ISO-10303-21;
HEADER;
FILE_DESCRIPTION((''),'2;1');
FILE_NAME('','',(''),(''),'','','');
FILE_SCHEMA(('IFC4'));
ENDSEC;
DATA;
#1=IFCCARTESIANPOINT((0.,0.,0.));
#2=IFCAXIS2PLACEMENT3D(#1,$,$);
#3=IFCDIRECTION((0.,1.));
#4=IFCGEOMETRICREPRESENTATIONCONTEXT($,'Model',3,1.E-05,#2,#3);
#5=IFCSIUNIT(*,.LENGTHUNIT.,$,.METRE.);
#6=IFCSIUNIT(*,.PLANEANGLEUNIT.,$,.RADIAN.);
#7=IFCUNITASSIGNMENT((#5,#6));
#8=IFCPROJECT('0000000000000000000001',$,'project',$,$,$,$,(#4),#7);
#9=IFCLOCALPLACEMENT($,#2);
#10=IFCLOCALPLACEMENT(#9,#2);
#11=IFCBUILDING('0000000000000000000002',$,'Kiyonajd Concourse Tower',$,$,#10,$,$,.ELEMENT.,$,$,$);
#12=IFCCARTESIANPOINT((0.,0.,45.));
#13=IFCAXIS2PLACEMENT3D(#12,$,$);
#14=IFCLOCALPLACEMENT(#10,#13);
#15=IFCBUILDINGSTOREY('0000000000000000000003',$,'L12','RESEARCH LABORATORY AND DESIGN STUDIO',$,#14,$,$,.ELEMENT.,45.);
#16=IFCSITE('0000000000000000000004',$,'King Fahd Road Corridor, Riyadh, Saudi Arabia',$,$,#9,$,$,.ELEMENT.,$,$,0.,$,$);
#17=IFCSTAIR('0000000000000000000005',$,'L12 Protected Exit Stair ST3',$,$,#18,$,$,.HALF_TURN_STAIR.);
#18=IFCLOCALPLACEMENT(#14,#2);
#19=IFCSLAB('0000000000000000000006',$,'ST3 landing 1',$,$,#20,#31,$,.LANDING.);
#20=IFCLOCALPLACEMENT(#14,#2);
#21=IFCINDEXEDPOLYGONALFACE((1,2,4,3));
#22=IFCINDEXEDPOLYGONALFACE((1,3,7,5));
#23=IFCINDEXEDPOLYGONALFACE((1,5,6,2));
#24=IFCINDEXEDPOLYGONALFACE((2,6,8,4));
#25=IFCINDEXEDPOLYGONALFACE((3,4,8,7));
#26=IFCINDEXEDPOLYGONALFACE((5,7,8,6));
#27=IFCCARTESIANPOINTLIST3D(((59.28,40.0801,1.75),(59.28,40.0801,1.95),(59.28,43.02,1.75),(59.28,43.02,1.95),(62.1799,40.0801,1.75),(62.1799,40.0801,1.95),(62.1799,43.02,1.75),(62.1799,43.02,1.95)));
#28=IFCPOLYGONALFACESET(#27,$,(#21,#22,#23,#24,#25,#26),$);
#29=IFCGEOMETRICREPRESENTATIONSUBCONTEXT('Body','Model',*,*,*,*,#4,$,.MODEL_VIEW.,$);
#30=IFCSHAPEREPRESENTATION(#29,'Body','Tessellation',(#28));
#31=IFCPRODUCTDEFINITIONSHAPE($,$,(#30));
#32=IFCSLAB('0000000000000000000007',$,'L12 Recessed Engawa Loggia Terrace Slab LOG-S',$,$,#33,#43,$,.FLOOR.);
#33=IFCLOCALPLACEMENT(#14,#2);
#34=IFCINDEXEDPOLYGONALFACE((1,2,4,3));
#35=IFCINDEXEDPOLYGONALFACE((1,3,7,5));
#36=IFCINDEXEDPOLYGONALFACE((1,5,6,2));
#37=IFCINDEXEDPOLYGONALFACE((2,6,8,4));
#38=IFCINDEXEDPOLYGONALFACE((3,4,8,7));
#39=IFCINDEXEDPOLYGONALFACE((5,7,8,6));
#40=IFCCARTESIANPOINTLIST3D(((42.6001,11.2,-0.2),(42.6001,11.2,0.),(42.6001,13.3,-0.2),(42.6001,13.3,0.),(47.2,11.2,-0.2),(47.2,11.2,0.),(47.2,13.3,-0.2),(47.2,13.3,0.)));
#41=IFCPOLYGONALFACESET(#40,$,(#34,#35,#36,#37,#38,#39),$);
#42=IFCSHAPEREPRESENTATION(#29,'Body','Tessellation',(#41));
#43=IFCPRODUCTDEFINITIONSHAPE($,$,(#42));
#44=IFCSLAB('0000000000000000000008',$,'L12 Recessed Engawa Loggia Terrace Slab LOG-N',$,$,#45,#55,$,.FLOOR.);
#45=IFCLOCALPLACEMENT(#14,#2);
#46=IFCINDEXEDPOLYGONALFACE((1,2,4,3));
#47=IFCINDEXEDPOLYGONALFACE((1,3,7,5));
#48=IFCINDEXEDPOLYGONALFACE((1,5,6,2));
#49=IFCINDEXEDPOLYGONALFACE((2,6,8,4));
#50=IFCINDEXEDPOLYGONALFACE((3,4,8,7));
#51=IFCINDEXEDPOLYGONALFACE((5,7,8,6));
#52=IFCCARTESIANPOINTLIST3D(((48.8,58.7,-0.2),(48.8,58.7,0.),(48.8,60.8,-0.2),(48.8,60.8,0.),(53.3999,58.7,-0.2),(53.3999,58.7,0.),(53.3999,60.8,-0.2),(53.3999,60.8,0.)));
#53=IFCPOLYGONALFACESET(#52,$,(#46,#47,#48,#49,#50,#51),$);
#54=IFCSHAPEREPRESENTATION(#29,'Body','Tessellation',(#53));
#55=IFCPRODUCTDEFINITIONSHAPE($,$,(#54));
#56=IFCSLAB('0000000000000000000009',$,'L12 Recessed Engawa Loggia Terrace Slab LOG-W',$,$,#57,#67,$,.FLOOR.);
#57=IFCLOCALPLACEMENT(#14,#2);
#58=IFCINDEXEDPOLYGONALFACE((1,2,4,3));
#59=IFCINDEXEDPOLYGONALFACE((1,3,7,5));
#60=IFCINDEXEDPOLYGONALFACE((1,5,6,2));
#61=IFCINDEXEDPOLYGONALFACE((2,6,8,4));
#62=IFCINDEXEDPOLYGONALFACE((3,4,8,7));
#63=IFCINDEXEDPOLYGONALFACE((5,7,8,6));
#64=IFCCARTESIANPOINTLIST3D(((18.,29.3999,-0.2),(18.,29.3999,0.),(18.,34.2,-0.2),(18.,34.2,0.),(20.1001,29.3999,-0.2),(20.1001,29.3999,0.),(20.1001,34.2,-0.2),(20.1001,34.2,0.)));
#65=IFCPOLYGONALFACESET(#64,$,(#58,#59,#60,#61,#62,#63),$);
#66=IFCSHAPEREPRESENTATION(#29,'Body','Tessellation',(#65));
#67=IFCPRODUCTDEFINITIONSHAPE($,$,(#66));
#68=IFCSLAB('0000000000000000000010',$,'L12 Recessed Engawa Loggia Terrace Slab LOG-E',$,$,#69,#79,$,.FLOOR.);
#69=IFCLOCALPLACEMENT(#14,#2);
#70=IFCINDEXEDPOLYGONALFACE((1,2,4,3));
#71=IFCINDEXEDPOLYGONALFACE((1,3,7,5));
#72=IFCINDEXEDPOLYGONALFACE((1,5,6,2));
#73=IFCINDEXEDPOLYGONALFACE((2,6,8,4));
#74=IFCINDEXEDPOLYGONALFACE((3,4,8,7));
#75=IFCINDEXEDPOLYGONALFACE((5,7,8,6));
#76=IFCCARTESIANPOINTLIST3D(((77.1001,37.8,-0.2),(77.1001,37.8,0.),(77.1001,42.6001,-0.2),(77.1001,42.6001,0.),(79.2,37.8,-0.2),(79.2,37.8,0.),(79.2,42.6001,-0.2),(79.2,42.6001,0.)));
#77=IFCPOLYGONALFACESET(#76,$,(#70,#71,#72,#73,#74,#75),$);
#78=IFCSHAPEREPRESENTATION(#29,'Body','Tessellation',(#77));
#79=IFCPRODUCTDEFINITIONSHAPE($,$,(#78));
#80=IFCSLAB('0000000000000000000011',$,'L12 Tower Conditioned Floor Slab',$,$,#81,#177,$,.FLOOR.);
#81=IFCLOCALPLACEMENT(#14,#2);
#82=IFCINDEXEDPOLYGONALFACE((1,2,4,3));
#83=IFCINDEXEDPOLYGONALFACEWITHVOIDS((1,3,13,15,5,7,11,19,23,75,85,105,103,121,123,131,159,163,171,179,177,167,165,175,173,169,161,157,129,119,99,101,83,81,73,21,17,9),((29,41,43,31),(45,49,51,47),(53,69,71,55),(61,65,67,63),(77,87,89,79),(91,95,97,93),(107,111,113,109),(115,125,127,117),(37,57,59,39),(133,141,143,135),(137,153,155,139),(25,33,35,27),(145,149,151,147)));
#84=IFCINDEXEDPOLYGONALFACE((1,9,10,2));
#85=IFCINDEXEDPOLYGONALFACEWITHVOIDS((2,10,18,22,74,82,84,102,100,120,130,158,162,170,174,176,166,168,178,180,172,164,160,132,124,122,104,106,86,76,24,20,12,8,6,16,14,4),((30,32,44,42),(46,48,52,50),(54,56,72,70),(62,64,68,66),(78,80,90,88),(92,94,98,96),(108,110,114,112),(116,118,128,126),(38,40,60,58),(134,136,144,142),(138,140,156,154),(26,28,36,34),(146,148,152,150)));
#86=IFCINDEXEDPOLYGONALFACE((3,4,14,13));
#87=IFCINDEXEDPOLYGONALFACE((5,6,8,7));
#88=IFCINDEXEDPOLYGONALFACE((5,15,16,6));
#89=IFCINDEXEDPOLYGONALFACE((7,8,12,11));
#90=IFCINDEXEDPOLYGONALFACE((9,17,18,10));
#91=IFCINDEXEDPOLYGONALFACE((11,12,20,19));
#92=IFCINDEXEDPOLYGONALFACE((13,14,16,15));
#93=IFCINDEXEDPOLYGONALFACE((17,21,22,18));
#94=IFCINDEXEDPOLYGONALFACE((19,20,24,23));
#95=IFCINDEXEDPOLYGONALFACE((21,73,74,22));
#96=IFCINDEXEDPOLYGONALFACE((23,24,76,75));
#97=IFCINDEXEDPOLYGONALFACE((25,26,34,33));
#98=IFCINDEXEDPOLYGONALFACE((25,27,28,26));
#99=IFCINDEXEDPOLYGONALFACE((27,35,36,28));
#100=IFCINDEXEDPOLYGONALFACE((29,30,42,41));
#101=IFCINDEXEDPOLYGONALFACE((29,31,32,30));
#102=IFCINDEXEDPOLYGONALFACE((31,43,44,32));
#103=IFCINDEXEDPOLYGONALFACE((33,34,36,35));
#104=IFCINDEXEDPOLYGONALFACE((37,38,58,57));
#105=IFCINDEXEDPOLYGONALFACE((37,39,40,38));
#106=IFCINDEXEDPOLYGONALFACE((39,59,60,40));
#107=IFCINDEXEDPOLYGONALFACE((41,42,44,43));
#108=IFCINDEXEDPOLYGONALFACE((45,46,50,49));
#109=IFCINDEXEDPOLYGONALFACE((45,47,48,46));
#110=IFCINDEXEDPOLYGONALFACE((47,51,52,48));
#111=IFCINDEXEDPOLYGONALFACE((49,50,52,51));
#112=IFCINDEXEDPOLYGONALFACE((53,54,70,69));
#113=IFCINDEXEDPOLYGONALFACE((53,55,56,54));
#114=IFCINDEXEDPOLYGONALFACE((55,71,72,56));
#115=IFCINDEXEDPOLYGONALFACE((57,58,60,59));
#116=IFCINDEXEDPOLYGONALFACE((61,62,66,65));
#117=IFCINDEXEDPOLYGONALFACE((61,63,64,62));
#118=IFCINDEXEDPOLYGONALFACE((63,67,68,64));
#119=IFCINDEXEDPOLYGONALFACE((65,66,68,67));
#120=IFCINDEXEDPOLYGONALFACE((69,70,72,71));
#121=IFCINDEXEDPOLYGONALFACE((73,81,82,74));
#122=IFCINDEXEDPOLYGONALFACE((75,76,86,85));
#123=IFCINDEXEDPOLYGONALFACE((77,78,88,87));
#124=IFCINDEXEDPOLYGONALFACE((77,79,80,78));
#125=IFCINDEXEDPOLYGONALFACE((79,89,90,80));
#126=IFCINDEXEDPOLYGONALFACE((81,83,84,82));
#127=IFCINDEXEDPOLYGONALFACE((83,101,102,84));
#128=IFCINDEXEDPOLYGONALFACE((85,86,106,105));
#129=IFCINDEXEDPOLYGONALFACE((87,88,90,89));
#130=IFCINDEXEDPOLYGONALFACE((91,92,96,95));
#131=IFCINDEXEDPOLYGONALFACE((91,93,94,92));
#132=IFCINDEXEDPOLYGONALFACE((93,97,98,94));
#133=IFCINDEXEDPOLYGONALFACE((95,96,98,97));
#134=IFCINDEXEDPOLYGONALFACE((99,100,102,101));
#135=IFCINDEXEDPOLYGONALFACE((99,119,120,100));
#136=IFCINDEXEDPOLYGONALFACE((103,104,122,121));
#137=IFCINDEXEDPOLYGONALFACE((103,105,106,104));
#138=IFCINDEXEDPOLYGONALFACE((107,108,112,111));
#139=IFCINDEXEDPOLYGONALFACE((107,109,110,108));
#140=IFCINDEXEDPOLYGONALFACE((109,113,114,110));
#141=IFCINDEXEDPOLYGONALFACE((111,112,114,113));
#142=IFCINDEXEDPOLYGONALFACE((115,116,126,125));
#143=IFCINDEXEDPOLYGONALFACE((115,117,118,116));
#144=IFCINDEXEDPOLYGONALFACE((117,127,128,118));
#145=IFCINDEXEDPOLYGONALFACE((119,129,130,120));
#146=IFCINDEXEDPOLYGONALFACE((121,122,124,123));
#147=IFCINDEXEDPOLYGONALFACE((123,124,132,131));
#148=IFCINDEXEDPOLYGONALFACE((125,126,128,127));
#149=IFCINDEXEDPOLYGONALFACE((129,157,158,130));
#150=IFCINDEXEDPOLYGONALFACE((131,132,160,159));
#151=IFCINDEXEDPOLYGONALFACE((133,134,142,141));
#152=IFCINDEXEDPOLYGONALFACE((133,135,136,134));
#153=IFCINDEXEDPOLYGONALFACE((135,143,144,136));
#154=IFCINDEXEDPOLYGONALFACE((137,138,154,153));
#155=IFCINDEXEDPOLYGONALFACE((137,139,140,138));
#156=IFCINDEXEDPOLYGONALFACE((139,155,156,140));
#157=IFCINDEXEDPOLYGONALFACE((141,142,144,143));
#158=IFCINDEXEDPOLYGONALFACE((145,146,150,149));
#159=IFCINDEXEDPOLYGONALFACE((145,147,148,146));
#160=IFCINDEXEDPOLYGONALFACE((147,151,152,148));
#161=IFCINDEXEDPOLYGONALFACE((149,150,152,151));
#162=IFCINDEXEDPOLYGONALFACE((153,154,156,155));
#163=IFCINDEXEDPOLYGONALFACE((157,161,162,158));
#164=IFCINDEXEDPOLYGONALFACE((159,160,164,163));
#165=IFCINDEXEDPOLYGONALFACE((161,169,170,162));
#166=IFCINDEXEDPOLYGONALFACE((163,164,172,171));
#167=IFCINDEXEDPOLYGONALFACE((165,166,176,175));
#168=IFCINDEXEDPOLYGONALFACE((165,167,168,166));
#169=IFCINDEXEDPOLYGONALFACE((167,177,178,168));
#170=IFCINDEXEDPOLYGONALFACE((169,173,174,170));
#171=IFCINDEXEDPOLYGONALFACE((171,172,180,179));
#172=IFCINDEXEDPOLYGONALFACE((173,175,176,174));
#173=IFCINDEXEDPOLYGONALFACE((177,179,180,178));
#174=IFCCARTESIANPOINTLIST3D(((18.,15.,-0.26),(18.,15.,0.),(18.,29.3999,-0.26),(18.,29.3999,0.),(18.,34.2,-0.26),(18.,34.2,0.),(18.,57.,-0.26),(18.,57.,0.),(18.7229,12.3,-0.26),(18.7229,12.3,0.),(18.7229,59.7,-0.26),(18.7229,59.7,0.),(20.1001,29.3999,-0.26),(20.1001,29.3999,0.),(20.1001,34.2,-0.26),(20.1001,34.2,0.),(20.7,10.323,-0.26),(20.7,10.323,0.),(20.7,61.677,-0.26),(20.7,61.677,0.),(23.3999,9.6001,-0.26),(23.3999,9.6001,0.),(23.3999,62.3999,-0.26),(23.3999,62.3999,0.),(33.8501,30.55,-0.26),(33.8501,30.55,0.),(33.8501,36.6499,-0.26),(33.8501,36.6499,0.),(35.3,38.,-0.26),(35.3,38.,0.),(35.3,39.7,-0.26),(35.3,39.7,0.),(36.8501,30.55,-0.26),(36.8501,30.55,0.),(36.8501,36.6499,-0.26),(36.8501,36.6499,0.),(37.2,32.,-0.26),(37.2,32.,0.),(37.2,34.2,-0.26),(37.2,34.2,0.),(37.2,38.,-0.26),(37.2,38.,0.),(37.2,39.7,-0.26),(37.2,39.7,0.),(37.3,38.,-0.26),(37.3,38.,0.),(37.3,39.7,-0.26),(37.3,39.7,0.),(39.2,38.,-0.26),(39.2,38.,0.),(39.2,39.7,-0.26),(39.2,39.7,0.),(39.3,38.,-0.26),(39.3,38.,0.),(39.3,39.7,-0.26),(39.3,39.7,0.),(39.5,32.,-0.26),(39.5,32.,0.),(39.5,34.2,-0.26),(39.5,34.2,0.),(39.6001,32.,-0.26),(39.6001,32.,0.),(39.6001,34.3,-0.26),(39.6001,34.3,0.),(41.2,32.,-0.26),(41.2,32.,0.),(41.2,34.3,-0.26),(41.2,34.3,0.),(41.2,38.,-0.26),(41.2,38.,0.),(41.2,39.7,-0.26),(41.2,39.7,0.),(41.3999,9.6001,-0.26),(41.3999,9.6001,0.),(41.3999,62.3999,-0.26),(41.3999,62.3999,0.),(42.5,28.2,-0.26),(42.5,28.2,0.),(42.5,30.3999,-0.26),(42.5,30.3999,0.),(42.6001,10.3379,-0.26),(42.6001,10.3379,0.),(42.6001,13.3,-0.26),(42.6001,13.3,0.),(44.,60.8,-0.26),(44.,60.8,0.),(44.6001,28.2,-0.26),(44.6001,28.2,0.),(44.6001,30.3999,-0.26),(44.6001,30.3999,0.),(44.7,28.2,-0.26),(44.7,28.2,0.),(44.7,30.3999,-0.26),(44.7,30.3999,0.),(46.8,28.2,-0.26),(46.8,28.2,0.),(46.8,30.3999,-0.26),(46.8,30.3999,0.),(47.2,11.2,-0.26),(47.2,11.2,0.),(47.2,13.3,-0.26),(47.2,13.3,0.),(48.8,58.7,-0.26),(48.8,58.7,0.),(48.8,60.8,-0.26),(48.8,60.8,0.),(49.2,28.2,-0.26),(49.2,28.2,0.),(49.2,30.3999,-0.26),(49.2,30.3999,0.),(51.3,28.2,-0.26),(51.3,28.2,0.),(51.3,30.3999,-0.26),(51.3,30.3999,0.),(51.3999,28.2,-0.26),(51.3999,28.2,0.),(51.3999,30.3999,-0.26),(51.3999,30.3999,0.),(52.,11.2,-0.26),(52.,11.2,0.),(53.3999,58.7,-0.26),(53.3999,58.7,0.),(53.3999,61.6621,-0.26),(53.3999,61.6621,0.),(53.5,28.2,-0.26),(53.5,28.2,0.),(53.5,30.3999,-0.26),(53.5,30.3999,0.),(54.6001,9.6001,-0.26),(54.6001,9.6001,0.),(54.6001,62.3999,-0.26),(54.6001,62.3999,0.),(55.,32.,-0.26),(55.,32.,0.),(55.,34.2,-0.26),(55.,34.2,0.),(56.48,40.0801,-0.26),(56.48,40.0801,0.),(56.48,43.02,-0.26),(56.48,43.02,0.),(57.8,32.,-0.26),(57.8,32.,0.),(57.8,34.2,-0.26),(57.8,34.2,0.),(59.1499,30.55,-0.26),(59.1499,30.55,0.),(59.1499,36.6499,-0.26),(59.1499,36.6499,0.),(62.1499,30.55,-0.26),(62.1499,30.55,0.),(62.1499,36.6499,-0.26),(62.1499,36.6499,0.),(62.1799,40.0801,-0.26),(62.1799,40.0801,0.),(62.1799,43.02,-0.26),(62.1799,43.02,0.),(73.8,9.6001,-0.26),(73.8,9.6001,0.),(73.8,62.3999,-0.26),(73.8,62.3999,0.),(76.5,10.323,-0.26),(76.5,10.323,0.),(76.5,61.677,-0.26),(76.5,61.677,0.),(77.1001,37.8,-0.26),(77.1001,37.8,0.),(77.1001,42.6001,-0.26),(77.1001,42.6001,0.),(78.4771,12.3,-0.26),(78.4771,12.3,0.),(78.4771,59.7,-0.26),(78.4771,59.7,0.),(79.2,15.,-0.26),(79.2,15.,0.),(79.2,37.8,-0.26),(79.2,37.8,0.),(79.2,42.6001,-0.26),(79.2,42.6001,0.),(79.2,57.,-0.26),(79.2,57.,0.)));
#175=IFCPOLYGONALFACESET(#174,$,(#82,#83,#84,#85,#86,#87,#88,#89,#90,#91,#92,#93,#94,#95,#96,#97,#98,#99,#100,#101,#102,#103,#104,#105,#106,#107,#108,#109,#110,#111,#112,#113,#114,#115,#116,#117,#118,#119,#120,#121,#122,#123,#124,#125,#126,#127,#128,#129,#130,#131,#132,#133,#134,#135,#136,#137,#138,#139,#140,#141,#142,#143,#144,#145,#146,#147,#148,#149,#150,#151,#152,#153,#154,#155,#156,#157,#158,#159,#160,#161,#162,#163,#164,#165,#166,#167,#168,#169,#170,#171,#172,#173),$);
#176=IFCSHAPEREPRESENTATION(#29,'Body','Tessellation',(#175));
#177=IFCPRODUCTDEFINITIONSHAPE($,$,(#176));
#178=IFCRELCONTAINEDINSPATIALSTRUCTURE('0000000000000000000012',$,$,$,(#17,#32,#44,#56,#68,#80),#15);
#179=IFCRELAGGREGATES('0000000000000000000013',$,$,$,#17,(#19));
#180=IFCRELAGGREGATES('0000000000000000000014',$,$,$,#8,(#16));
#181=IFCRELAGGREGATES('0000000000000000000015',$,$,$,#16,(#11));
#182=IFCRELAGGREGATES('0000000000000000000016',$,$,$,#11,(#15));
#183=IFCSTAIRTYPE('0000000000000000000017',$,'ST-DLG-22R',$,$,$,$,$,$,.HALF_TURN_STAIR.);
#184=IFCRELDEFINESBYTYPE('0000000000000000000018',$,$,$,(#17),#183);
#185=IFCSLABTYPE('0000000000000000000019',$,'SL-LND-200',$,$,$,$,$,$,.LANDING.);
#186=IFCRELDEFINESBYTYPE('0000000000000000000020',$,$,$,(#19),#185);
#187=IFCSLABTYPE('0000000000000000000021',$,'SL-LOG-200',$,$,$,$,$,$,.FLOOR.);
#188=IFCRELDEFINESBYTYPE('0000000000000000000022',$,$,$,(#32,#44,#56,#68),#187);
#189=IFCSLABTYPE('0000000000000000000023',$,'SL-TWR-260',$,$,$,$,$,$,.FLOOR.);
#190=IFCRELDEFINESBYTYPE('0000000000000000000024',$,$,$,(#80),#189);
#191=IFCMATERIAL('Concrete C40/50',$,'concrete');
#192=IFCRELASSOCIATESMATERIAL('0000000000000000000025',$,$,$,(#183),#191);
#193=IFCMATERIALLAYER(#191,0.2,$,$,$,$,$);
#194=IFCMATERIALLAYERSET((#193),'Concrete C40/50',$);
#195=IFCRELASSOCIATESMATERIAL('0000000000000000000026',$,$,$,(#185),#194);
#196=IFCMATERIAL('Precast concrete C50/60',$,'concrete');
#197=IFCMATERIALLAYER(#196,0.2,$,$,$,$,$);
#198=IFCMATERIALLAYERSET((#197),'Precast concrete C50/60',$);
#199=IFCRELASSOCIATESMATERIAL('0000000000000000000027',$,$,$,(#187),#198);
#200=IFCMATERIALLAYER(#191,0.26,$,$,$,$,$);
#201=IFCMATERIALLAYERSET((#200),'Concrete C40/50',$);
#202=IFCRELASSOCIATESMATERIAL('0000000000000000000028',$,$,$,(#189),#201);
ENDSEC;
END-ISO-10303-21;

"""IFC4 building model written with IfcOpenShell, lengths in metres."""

from ifc_helpers import new_model, si_unit, direction, frame, origin, place, context, subcontext, project, spatial, polyline, outline, extrude, material, layer, layer_set, type_object, element, aggregate, save


model = new_model("IFC4")

# Units and contexts
model_context = context("Model", 3, precision=1e-05, world=origin(), true_north=direction((0.0, 1.0)))
body_context = subcontext(model_context, "Body", "Model", "MODEL_VIEW")
ifc_project = project(units=[si_unit("LENGTHUNIT", "METRE"), si_unit("PLANEANGLEUNIT", "RADIAN")], contexts=[model_context])

# Site, building, storey
site_placement = place(None, origin())
site = spatial("IfcSite", under=ifc_project, at=site_placement, Name="King Fahd Road Corridor, Riyadh, Saudi Arabia", CompositionType="ELEMENT", RefElevation=0.0)
building_placement = place(site_placement, origin())
building = spatial("IfcBuilding", under=site, at=building_placement, Name="Kiyonajd Concourse Tower", CompositionType="ELEMENT")
storey_placement = place(building_placement, frame((0.0, 0.0, 45.0)))
storey = spatial("IfcBuildingStorey", under=building, at=storey_placement, Name="L12", Description="RESEARCH LABORATORY AND DESIGN STUDIO", CompositionType="ELEMENT", Elevation=45.0)

# Shared definitions
ifc_material_1 = material(Name="Precast concrete C50/60", Category="concrete")

# Stair, slab
ifc_material_2 = material(Name="Concrete C40/50", Category="concrete")
stair_type = type_object("IfcStairType", Name="ST-DLG-22R", PredefinedType="HALF_TURN_STAIR", material=ifc_material_2)
ifc_layer_1 = layer(ifc_material_2, 0.2)
ifc_layer_set_1 = layer_set([ifc_layer_1], Name="Concrete C40/50")
slab_type_1 = type_object("IfcSlabType", Name="SL-LND-200", PredefinedType="LANDING", material=ifc_layer_set_1)
stair_1_placement = place(storey_placement, origin())
stair_1 = element("IfcStair", 1, at=stair_1_placement, inside=storey, type_object=stair_type, Name="L12 Protected Exit Stair ST3", PredefinedType="HALF_TURN_STAIR")
slab_1_placement = place(storey_placement, frame((0.0, 0.0, 1.75)))
slab_1 = element("IfcSlab", 2, at=slab_1_placement, type_object=slab_type_1, Name="ST3 landing 1", PredefinedType="LANDING", context=body_context, shape_type="SweptSolid", body=[
    extrude(outline(polyline([(59.28, 40.0801), (62.1799, 40.0801), (62.1799, 43.02), (59.28, 43.02), (59.28, 40.0801)])), origin(), (0.0, 0.0, 1.0), 0.2),
])
aggregate(stair_1, [slab_1])

# Slabs
ifc_layer_2 = layer(ifc_material_1, 0.2)
ifc_layer_set_2 = layer_set([ifc_layer_2], Name="Precast concrete C50/60")
slab_type_2 = type_object("IfcSlabType", Name="SL-LOG-200", PredefinedType="FLOOR", material=ifc_layer_set_2)
slab_2_placement = place(storey_placement, frame((0.0, 0.0, -0.2)))
element("IfcSlab", 3, at=slab_2_placement, inside=storey, type_object=slab_type_2, Name="L12 Recessed Engawa Loggia Terrace Slab LOG-S", PredefinedType="FLOOR", context=body_context, shape_type="SweptSolid", body=[
    extrude(outline(polyline([(42.6001, 11.2), (47.2, 11.2), (47.2, 13.3), (42.6001, 13.3), (42.6001, 11.2)])), origin(), (0.0, 0.0, 1.0), 0.2),
])
slab_3_placement = place(storey_placement, frame((0.0, 0.0, -0.2)))
element("IfcSlab", 4, at=slab_3_placement, inside=storey, type_object=slab_type_2, Name="L12 Recessed Engawa Loggia Terrace Slab LOG-N", PredefinedType="FLOOR", context=body_context, shape_type="SweptSolid", body=[
    extrude(outline(polyline([(48.8, 58.7), (53.3999, 58.7), (53.3999, 60.8), (48.8, 60.8), (48.8, 58.7)])), origin(), (0.0, 0.0, 1.0), 0.2),
])
slab_4_placement = place(storey_placement, frame((0.0, 0.0, -0.2)))
element("IfcSlab", 5, at=slab_4_placement, inside=storey, type_object=slab_type_2, Name="L12 Recessed Engawa Loggia Terrace Slab LOG-W", PredefinedType="FLOOR", context=body_context, shape_type="SweptSolid", body=[
    extrude(outline(polyline([(18.0, 29.3999), (20.1001, 29.3999), (20.1001, 34.2), (18.0, 34.2), (18.0, 29.3999)])), origin(), (0.0, 0.0, 1.0), 0.2),
])
slab_5_placement = place(storey_placement, frame((0.0, 0.0, -0.2)))
element("IfcSlab", 6, at=slab_5_placement, inside=storey, type_object=slab_type_2, Name="L12 Recessed Engawa Loggia Terrace Slab LOG-E", PredefinedType="FLOOR", context=body_context, shape_type="SweptSolid", body=[
    extrude(outline(polyline([(77.1001, 37.8), (79.2, 37.8), (79.2, 42.6001), (77.1001, 42.6001), (77.1001, 37.8)])), origin(), (0.0, 0.0, 1.0), 0.2),
])
ifc_layer_3 = layer(ifc_material_2, 0.26)
ifc_layer_set_3 = layer_set([ifc_layer_3], Name="Concrete C40/50")
slab_type_3 = type_object("IfcSlabType", Name="SL-TWR-260", PredefinedType="FLOOR", material=ifc_layer_set_3)
slab_6_placement = place(storey_placement, frame((0.0, 0.0, -0.26)))
element("IfcSlab", 7, at=slab_6_placement, inside=storey, type_object=slab_type_3, Name="L12 Tower Conditioned Floor Slab", PredefinedType="FLOOR", context=body_context, shape_type="SweptSolid", body=[
    extrude(outline(polyline([(18.7229, 12.3), (18.0, 15.0), (18.0, 29.3999), (20.1001, 29.3999), (20.1001, 34.2), (18.0, 34.2), (18.0, 57.0), (18.7229, 59.7), (20.7, 61.677), (23.3999, 62.3999), (41.3999, 62.3999), (44.0, 60.8), (48.8, 60.8), (48.8, 58.7), (53.3999, 58.7), (53.3999, 61.6621), (54.6001, 62.3999), (73.8, 62.3999), (76.5, 61.677), (78.4771, 59.7), (79.2, 57.0), (79.2, 42.6001), (77.1001, 42.6001), (77.1001, 37.8), (79.2, 37.8), (79.2, 15.0), (78.4771, 12.3), (76.5, 10.323), (73.8, 9.6001), (54.6001, 9.6001), (52.0, 11.2), (47.2, 11.2), (47.2, 13.3), (42.6001, 13.3), (42.6001, 10.3379), (41.3999, 9.6001), (23.3999, 9.6001), (20.7, 10.323), (18.7229, 12.3)]), holes=[polyline([(44.6001, 28.2), (42.5, 28.2), (42.5, 30.3999), (44.6001, 30.3999), (44.6001, 28.2)]), polyline([(37.2, 32.0), (37.2, 34.2), (39.5, 34.2), (39.5, 32.0), (37.2, 32.0)]), polyline([(39.6001, 32.0), (39.6001, 34.3), (41.2, 34.3), (41.2, 32.0), (39.6001, 32.0)]), polyline([(36.8501, 30.55), (33.8501, 30.55), (33.8501, 36.6499), (36.8501, 36.6499), (36.8501, 30.55)]), polyline([(35.3, 38.0), (35.3, 39.7), (37.2, 39.7), (37.2, 38.0), (35.3, 38.0)]), polyline([(37.3, 38.0), (37.3, 39.7), (39.2, 39.7), (39.2, 38.0), (37.3, 38.0)]), polyline([(41.2, 38.0), (39.3, 38.0), (39.3, 39.7), (41.2, 39.7), (41.2, 38.0)]), polyline([(44.7, 28.2), (44.7, 30.3999), (46.8, 30.3999), (46.8, 28.2), (44.7, 28.2)]), polyline([(49.2, 28.2), (49.2, 30.3999), (51.3, 30.3999), (51.3, 28.2), (49.2, 28.2)]), polyline([(51.3999, 28.2), (51.3999, 30.3999), (53.5, 30.3999), (53.5, 28.2), (51.3999, 28.2)]), polyline([(55.0, 32.0), (55.0, 34.2), (57.8, 34.2), (57.8, 32.0), (55.0, 32.0)]), polyline([(59.1499, 30.55), (59.1499, 36.6499), (62.1499, 36.6499), (62.1499, 30.55), (59.1499, 30.55)]), polyline([(56.48, 43.02), (62.1799, 43.02), (62.1799, 40.0801), (56.48, 40.0801), (56.48, 43.02)])]), origin(), (0.0, 0.0, 1.0), 0.26),
])

save(model, "model.ifc")
